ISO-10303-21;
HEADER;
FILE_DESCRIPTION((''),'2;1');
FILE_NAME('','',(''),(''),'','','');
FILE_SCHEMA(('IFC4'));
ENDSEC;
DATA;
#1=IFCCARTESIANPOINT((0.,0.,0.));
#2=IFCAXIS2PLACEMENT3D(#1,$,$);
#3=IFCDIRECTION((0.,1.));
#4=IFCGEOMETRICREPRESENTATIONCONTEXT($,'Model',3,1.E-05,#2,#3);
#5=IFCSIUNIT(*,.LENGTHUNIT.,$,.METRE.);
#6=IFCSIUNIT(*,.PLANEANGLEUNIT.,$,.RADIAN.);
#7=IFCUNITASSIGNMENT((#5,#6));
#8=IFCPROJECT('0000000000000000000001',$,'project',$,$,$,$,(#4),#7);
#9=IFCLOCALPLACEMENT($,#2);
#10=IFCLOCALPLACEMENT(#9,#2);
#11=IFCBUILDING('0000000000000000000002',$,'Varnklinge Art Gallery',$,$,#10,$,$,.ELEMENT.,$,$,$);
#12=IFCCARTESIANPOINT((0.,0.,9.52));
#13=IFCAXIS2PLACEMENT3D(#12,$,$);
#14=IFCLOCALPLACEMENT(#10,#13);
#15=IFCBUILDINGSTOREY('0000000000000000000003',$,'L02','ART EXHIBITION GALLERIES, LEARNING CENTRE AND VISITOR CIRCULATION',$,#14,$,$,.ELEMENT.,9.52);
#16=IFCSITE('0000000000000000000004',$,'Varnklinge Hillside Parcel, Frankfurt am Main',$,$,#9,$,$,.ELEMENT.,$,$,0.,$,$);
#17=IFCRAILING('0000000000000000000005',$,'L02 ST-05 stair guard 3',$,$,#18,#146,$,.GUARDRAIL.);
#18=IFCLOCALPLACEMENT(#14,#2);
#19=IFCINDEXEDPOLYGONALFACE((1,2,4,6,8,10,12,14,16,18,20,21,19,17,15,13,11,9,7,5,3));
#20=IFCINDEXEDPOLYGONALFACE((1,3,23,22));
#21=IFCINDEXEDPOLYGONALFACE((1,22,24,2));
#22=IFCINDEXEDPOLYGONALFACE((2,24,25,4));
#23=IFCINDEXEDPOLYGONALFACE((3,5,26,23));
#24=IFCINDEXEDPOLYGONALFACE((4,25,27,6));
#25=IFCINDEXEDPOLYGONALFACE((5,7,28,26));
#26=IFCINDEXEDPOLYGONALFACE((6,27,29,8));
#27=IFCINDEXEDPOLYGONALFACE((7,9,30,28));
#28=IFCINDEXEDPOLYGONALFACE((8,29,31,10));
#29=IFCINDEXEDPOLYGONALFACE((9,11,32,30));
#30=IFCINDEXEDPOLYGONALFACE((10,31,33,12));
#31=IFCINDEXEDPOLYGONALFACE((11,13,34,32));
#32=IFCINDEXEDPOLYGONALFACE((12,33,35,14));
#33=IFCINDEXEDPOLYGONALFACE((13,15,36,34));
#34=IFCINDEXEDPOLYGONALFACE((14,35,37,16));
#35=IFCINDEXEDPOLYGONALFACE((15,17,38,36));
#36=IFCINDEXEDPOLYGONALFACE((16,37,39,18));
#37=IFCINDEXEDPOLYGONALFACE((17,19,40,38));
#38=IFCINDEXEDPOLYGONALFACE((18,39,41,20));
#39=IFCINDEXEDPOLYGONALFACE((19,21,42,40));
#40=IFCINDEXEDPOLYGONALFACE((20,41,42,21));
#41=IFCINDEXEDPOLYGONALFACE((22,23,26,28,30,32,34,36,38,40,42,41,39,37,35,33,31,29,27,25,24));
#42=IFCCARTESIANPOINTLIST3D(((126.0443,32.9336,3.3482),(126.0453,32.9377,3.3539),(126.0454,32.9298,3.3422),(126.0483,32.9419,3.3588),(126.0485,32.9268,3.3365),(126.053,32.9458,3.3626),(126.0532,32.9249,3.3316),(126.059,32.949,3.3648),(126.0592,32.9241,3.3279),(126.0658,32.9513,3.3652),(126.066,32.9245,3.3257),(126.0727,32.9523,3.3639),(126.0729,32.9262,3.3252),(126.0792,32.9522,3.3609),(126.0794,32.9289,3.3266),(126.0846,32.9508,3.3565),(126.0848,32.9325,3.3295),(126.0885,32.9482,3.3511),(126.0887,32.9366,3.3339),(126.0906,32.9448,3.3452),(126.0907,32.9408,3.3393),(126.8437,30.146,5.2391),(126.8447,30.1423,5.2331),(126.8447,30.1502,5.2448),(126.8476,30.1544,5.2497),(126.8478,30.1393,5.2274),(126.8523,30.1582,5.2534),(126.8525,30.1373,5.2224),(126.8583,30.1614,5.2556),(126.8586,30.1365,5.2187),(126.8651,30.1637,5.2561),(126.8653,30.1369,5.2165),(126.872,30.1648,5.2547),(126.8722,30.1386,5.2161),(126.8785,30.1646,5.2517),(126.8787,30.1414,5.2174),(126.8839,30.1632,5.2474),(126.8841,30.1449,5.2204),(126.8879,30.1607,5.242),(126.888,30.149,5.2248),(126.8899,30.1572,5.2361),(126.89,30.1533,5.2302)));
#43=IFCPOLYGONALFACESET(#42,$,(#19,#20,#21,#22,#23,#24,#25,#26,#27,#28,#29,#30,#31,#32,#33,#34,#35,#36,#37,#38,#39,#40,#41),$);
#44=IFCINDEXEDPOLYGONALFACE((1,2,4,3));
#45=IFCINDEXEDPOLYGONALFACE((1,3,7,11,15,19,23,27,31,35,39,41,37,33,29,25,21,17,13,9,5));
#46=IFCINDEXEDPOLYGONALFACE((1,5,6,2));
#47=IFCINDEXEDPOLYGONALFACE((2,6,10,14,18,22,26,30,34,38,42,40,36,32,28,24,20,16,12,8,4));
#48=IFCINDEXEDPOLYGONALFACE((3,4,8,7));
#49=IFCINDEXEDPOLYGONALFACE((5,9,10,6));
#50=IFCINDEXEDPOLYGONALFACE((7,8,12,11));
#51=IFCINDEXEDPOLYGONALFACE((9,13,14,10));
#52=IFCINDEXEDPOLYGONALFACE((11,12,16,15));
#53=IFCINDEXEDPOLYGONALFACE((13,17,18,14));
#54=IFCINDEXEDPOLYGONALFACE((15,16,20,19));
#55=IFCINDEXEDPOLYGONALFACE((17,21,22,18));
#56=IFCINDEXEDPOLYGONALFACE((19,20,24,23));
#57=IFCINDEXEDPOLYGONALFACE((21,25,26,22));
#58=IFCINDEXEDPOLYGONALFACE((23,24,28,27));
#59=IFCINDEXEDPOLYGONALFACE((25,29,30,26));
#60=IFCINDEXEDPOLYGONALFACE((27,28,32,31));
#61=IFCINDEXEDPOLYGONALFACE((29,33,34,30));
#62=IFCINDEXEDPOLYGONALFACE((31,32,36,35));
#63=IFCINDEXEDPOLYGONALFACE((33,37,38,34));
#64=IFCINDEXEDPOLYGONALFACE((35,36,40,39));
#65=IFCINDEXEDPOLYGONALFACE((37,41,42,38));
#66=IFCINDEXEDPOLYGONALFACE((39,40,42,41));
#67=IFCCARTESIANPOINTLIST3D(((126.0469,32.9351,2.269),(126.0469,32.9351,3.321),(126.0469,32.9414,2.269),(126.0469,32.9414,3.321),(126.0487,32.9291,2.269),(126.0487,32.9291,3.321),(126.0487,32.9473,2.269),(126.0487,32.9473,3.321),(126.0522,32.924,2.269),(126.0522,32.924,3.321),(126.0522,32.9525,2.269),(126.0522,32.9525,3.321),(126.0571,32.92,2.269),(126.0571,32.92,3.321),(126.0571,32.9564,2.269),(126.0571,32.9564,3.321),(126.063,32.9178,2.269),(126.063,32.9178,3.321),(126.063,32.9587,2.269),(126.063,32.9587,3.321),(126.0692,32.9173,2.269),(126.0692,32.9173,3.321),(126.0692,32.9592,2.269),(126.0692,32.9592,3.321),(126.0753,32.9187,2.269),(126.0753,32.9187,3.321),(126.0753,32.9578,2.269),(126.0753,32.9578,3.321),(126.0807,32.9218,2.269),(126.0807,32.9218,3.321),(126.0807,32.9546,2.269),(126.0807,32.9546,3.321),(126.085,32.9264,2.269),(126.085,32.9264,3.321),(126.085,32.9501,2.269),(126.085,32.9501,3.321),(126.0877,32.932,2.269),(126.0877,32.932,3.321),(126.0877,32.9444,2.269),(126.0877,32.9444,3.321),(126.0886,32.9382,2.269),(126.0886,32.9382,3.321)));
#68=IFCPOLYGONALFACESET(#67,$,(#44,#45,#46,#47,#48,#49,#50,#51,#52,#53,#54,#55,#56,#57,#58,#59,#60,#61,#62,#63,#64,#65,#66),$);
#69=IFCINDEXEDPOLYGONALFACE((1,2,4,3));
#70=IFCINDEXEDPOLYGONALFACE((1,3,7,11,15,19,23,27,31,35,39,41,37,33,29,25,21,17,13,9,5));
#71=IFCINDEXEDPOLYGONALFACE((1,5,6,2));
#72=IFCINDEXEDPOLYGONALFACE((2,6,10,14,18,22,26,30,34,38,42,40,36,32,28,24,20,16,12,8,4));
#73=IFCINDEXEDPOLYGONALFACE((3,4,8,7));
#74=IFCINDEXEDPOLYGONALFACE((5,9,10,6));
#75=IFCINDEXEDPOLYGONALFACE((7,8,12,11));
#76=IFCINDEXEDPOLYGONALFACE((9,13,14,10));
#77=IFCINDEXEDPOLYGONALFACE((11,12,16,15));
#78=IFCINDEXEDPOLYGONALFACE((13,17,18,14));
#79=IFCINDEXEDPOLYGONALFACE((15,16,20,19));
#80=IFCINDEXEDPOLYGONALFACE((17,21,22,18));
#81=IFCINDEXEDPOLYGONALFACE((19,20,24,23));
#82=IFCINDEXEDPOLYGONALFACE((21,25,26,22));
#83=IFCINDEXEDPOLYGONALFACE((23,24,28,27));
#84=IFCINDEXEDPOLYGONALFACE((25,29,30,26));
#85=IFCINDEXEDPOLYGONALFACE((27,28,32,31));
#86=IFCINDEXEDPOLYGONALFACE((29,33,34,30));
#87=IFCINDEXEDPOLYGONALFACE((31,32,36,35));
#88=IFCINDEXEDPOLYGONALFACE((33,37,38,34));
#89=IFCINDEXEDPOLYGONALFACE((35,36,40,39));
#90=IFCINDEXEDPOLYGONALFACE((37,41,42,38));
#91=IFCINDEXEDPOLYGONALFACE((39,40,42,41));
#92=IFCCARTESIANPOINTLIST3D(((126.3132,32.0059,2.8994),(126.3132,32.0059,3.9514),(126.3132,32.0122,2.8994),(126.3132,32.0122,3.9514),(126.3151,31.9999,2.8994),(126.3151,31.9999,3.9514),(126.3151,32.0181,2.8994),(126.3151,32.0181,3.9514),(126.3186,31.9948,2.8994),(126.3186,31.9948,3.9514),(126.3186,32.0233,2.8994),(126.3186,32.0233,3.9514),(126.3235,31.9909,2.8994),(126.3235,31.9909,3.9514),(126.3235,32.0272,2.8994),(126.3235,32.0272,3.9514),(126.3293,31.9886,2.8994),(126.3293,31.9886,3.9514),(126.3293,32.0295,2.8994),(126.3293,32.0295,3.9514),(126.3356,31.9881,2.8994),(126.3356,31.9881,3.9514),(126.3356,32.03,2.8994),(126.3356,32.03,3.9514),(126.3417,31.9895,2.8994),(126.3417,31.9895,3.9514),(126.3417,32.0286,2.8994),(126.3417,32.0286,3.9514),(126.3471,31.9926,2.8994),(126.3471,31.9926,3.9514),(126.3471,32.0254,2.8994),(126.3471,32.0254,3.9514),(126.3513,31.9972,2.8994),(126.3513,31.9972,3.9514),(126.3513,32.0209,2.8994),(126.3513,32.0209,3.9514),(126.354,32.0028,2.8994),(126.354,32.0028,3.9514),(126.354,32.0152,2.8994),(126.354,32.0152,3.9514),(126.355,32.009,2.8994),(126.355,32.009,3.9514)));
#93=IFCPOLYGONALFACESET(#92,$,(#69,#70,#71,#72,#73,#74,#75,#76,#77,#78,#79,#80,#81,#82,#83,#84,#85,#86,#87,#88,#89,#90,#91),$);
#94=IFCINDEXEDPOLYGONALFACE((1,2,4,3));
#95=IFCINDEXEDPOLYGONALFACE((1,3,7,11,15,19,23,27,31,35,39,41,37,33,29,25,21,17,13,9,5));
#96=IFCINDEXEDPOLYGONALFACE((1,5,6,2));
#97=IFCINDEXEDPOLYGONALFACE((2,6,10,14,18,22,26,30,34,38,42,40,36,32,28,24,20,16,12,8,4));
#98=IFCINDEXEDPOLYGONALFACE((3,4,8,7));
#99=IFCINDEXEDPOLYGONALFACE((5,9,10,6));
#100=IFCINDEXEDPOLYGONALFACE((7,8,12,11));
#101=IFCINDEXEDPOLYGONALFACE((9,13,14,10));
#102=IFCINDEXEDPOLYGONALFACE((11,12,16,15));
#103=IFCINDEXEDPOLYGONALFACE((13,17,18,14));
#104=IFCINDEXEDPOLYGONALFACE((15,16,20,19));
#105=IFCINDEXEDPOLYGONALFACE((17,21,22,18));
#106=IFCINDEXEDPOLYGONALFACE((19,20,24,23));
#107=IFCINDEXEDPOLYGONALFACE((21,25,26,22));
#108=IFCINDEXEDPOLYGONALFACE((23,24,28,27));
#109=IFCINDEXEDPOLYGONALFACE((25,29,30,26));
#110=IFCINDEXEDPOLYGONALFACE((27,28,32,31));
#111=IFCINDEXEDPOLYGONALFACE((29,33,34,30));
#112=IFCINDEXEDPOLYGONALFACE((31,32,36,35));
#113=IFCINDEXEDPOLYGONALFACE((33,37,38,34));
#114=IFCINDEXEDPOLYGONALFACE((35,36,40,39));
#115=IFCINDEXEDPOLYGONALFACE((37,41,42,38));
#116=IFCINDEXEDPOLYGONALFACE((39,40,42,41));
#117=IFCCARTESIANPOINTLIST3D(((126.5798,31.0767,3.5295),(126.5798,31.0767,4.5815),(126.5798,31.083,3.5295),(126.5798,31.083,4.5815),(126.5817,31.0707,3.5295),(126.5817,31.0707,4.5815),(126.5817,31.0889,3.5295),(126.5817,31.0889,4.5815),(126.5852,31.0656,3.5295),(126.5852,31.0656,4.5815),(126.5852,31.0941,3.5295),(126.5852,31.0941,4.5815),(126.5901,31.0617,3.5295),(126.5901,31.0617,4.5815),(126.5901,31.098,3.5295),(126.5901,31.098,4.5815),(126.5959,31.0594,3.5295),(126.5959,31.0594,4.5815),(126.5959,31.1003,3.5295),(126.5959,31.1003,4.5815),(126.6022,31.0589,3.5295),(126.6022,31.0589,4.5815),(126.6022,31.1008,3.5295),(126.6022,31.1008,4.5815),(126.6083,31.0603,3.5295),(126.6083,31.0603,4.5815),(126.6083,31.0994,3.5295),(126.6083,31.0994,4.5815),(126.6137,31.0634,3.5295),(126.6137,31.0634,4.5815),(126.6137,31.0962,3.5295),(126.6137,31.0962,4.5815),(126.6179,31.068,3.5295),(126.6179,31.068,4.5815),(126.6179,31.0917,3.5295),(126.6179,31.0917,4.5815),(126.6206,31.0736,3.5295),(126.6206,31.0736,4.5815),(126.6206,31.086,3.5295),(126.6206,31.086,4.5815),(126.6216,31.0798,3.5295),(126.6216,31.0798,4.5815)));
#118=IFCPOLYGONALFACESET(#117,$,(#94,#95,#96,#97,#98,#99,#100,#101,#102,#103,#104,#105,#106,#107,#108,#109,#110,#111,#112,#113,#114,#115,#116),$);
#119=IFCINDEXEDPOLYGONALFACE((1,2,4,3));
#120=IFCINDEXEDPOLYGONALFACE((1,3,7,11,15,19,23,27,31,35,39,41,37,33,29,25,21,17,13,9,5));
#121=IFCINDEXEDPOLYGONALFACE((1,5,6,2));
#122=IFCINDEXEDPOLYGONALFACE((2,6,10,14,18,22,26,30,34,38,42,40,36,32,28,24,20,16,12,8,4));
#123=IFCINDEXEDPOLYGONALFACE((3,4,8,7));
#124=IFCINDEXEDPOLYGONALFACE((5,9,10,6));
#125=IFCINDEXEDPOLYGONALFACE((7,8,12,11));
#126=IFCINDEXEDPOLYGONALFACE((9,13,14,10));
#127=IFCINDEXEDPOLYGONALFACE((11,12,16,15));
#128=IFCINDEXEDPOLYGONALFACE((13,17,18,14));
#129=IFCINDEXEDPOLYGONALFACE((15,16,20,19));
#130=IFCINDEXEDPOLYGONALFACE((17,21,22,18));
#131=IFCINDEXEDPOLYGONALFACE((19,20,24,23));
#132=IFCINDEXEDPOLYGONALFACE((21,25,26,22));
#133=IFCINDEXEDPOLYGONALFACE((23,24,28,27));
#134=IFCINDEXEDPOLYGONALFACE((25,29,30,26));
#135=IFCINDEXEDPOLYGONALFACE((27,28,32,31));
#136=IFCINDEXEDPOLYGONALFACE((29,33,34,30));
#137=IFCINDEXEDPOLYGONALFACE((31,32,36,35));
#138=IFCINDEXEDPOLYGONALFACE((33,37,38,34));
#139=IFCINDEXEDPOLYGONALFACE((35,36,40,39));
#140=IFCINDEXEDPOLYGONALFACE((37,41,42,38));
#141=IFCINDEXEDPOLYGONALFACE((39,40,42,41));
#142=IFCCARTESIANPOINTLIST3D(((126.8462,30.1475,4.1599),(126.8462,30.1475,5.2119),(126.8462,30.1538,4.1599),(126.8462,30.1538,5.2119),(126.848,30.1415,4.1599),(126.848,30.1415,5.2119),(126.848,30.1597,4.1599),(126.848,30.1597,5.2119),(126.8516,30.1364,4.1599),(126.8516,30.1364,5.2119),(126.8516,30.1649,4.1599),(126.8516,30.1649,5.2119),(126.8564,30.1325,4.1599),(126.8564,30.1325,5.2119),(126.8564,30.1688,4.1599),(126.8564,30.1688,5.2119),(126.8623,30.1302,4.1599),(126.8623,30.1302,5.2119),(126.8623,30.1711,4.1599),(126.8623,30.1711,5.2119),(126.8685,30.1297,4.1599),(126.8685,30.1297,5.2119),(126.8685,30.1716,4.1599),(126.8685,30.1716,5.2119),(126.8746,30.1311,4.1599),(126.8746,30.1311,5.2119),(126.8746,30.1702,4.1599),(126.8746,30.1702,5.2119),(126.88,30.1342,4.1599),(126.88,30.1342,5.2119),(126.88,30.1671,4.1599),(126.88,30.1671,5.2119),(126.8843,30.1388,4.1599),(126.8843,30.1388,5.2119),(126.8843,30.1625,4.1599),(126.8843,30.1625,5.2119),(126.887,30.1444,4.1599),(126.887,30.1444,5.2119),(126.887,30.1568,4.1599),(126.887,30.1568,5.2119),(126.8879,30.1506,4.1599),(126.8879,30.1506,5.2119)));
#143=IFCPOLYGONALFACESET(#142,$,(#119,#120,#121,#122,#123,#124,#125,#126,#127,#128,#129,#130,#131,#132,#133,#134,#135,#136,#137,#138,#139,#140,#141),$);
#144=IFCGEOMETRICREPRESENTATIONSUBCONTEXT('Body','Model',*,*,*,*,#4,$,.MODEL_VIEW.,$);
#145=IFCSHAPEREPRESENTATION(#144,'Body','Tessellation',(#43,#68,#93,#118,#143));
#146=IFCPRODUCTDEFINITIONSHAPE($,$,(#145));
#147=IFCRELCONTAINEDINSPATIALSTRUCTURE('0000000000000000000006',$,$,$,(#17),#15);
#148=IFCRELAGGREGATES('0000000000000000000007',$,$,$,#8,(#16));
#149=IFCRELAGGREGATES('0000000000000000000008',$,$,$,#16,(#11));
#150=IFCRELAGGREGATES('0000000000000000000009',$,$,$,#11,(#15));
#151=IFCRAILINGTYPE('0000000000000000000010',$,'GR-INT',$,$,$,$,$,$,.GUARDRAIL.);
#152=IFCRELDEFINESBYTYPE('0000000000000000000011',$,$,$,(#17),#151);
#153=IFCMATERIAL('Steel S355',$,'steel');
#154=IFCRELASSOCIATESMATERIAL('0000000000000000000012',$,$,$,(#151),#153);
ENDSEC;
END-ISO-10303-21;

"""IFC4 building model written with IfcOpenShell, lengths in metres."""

from ifc_helpers import new_model, si_unit, direction, frame, origin, origin_2d, place, context, subcontext, project, spatial, circle, extrude, material, type_object, element, save


model = new_model("IFC4")

# Units and contexts
model_context = context("Model", 3, precision=1e-05, world=origin(), true_north=direction((0.0, 1.0)))
body_context = subcontext(model_context, "Body", "Model", "MODEL_VIEW")
ifc_project = project(units=[si_unit("LENGTHUNIT", "METRE"), si_unit("PLANEANGLEUNIT", "RADIAN")], contexts=[model_context])

# Site, building, storey
site_placement = place(None, origin())
site = spatial("IfcSite", under=ifc_project, at=site_placement, Name="Varnklinge Hillside Parcel, Frankfurt am Main", CompositionType="ELEMENT", RefElevation=0.0)
building_placement = place(site_placement, origin())
building = spatial("IfcBuilding", under=site, at=building_placement, Name="Varnklinge Art Gallery", CompositionType="ELEMENT")
storey_placement = place(building_placement, frame((0.0, 0.0, 9.52)))
storey = spatial("IfcBuildingStorey", under=building, at=storey_placement, Name="L02", Description="ART EXHIBITION GALLERIES, LEARNING CENTRE AND VISITOR CIRCULATION", CompositionType="ELEMENT", Elevation=9.52)

# Railing
ifc_material_1 = material(Name="Steel S355", Category="steel")
railing_type_1 = type_object("IfcRailingType", Name="GR-INT", PredefinedType="GUARDRAIL", material=ifc_material_1)
railing_1_placement = place(storey_placement, frame((126.0676, 32.9382, 2.269)))
element("IfcRailing", 1, at=railing_1_placement, inside=storey, type_object=railing_type_1, Name="L02 ST-05 stair guard 3", PredefinedType="GUARDRAIL", context=body_context, shape_type="SweptSolid", body=[
    extrude(circle(Radius=0.0239, at=origin_2d()), frame((0.0, 0.0, 1.0762), z_axis=(0.230887, -0.805214, 0.546189), x_axis=(0.961263, 0.275633, 0.0)), (0.0, 0.0, 1.0), 3.4619),
    extrude(circle(Radius=0.021, at=origin_2d()), origin(), (0.0, 0.0, 1.0), 1.052),
    extrude(circle(Radius=0.021, at=origin_2d()), frame((0.2664, -0.9292, 0.6304)), (0.0, 0.0, 1.0), 1.052),
    extrude(circle(Radius=0.021, at=origin_2d()), frame((0.533, -1.8584, 1.2605)), (0.0, 0.0, 1.0), 1.052),
    extrude(circle(Radius=0.021, at=origin_2d()), frame((0.7993, -2.7876, 1.8909)), (0.0, 0.0, 1.0), 1.052),
])

save(model, "model.ifc")
